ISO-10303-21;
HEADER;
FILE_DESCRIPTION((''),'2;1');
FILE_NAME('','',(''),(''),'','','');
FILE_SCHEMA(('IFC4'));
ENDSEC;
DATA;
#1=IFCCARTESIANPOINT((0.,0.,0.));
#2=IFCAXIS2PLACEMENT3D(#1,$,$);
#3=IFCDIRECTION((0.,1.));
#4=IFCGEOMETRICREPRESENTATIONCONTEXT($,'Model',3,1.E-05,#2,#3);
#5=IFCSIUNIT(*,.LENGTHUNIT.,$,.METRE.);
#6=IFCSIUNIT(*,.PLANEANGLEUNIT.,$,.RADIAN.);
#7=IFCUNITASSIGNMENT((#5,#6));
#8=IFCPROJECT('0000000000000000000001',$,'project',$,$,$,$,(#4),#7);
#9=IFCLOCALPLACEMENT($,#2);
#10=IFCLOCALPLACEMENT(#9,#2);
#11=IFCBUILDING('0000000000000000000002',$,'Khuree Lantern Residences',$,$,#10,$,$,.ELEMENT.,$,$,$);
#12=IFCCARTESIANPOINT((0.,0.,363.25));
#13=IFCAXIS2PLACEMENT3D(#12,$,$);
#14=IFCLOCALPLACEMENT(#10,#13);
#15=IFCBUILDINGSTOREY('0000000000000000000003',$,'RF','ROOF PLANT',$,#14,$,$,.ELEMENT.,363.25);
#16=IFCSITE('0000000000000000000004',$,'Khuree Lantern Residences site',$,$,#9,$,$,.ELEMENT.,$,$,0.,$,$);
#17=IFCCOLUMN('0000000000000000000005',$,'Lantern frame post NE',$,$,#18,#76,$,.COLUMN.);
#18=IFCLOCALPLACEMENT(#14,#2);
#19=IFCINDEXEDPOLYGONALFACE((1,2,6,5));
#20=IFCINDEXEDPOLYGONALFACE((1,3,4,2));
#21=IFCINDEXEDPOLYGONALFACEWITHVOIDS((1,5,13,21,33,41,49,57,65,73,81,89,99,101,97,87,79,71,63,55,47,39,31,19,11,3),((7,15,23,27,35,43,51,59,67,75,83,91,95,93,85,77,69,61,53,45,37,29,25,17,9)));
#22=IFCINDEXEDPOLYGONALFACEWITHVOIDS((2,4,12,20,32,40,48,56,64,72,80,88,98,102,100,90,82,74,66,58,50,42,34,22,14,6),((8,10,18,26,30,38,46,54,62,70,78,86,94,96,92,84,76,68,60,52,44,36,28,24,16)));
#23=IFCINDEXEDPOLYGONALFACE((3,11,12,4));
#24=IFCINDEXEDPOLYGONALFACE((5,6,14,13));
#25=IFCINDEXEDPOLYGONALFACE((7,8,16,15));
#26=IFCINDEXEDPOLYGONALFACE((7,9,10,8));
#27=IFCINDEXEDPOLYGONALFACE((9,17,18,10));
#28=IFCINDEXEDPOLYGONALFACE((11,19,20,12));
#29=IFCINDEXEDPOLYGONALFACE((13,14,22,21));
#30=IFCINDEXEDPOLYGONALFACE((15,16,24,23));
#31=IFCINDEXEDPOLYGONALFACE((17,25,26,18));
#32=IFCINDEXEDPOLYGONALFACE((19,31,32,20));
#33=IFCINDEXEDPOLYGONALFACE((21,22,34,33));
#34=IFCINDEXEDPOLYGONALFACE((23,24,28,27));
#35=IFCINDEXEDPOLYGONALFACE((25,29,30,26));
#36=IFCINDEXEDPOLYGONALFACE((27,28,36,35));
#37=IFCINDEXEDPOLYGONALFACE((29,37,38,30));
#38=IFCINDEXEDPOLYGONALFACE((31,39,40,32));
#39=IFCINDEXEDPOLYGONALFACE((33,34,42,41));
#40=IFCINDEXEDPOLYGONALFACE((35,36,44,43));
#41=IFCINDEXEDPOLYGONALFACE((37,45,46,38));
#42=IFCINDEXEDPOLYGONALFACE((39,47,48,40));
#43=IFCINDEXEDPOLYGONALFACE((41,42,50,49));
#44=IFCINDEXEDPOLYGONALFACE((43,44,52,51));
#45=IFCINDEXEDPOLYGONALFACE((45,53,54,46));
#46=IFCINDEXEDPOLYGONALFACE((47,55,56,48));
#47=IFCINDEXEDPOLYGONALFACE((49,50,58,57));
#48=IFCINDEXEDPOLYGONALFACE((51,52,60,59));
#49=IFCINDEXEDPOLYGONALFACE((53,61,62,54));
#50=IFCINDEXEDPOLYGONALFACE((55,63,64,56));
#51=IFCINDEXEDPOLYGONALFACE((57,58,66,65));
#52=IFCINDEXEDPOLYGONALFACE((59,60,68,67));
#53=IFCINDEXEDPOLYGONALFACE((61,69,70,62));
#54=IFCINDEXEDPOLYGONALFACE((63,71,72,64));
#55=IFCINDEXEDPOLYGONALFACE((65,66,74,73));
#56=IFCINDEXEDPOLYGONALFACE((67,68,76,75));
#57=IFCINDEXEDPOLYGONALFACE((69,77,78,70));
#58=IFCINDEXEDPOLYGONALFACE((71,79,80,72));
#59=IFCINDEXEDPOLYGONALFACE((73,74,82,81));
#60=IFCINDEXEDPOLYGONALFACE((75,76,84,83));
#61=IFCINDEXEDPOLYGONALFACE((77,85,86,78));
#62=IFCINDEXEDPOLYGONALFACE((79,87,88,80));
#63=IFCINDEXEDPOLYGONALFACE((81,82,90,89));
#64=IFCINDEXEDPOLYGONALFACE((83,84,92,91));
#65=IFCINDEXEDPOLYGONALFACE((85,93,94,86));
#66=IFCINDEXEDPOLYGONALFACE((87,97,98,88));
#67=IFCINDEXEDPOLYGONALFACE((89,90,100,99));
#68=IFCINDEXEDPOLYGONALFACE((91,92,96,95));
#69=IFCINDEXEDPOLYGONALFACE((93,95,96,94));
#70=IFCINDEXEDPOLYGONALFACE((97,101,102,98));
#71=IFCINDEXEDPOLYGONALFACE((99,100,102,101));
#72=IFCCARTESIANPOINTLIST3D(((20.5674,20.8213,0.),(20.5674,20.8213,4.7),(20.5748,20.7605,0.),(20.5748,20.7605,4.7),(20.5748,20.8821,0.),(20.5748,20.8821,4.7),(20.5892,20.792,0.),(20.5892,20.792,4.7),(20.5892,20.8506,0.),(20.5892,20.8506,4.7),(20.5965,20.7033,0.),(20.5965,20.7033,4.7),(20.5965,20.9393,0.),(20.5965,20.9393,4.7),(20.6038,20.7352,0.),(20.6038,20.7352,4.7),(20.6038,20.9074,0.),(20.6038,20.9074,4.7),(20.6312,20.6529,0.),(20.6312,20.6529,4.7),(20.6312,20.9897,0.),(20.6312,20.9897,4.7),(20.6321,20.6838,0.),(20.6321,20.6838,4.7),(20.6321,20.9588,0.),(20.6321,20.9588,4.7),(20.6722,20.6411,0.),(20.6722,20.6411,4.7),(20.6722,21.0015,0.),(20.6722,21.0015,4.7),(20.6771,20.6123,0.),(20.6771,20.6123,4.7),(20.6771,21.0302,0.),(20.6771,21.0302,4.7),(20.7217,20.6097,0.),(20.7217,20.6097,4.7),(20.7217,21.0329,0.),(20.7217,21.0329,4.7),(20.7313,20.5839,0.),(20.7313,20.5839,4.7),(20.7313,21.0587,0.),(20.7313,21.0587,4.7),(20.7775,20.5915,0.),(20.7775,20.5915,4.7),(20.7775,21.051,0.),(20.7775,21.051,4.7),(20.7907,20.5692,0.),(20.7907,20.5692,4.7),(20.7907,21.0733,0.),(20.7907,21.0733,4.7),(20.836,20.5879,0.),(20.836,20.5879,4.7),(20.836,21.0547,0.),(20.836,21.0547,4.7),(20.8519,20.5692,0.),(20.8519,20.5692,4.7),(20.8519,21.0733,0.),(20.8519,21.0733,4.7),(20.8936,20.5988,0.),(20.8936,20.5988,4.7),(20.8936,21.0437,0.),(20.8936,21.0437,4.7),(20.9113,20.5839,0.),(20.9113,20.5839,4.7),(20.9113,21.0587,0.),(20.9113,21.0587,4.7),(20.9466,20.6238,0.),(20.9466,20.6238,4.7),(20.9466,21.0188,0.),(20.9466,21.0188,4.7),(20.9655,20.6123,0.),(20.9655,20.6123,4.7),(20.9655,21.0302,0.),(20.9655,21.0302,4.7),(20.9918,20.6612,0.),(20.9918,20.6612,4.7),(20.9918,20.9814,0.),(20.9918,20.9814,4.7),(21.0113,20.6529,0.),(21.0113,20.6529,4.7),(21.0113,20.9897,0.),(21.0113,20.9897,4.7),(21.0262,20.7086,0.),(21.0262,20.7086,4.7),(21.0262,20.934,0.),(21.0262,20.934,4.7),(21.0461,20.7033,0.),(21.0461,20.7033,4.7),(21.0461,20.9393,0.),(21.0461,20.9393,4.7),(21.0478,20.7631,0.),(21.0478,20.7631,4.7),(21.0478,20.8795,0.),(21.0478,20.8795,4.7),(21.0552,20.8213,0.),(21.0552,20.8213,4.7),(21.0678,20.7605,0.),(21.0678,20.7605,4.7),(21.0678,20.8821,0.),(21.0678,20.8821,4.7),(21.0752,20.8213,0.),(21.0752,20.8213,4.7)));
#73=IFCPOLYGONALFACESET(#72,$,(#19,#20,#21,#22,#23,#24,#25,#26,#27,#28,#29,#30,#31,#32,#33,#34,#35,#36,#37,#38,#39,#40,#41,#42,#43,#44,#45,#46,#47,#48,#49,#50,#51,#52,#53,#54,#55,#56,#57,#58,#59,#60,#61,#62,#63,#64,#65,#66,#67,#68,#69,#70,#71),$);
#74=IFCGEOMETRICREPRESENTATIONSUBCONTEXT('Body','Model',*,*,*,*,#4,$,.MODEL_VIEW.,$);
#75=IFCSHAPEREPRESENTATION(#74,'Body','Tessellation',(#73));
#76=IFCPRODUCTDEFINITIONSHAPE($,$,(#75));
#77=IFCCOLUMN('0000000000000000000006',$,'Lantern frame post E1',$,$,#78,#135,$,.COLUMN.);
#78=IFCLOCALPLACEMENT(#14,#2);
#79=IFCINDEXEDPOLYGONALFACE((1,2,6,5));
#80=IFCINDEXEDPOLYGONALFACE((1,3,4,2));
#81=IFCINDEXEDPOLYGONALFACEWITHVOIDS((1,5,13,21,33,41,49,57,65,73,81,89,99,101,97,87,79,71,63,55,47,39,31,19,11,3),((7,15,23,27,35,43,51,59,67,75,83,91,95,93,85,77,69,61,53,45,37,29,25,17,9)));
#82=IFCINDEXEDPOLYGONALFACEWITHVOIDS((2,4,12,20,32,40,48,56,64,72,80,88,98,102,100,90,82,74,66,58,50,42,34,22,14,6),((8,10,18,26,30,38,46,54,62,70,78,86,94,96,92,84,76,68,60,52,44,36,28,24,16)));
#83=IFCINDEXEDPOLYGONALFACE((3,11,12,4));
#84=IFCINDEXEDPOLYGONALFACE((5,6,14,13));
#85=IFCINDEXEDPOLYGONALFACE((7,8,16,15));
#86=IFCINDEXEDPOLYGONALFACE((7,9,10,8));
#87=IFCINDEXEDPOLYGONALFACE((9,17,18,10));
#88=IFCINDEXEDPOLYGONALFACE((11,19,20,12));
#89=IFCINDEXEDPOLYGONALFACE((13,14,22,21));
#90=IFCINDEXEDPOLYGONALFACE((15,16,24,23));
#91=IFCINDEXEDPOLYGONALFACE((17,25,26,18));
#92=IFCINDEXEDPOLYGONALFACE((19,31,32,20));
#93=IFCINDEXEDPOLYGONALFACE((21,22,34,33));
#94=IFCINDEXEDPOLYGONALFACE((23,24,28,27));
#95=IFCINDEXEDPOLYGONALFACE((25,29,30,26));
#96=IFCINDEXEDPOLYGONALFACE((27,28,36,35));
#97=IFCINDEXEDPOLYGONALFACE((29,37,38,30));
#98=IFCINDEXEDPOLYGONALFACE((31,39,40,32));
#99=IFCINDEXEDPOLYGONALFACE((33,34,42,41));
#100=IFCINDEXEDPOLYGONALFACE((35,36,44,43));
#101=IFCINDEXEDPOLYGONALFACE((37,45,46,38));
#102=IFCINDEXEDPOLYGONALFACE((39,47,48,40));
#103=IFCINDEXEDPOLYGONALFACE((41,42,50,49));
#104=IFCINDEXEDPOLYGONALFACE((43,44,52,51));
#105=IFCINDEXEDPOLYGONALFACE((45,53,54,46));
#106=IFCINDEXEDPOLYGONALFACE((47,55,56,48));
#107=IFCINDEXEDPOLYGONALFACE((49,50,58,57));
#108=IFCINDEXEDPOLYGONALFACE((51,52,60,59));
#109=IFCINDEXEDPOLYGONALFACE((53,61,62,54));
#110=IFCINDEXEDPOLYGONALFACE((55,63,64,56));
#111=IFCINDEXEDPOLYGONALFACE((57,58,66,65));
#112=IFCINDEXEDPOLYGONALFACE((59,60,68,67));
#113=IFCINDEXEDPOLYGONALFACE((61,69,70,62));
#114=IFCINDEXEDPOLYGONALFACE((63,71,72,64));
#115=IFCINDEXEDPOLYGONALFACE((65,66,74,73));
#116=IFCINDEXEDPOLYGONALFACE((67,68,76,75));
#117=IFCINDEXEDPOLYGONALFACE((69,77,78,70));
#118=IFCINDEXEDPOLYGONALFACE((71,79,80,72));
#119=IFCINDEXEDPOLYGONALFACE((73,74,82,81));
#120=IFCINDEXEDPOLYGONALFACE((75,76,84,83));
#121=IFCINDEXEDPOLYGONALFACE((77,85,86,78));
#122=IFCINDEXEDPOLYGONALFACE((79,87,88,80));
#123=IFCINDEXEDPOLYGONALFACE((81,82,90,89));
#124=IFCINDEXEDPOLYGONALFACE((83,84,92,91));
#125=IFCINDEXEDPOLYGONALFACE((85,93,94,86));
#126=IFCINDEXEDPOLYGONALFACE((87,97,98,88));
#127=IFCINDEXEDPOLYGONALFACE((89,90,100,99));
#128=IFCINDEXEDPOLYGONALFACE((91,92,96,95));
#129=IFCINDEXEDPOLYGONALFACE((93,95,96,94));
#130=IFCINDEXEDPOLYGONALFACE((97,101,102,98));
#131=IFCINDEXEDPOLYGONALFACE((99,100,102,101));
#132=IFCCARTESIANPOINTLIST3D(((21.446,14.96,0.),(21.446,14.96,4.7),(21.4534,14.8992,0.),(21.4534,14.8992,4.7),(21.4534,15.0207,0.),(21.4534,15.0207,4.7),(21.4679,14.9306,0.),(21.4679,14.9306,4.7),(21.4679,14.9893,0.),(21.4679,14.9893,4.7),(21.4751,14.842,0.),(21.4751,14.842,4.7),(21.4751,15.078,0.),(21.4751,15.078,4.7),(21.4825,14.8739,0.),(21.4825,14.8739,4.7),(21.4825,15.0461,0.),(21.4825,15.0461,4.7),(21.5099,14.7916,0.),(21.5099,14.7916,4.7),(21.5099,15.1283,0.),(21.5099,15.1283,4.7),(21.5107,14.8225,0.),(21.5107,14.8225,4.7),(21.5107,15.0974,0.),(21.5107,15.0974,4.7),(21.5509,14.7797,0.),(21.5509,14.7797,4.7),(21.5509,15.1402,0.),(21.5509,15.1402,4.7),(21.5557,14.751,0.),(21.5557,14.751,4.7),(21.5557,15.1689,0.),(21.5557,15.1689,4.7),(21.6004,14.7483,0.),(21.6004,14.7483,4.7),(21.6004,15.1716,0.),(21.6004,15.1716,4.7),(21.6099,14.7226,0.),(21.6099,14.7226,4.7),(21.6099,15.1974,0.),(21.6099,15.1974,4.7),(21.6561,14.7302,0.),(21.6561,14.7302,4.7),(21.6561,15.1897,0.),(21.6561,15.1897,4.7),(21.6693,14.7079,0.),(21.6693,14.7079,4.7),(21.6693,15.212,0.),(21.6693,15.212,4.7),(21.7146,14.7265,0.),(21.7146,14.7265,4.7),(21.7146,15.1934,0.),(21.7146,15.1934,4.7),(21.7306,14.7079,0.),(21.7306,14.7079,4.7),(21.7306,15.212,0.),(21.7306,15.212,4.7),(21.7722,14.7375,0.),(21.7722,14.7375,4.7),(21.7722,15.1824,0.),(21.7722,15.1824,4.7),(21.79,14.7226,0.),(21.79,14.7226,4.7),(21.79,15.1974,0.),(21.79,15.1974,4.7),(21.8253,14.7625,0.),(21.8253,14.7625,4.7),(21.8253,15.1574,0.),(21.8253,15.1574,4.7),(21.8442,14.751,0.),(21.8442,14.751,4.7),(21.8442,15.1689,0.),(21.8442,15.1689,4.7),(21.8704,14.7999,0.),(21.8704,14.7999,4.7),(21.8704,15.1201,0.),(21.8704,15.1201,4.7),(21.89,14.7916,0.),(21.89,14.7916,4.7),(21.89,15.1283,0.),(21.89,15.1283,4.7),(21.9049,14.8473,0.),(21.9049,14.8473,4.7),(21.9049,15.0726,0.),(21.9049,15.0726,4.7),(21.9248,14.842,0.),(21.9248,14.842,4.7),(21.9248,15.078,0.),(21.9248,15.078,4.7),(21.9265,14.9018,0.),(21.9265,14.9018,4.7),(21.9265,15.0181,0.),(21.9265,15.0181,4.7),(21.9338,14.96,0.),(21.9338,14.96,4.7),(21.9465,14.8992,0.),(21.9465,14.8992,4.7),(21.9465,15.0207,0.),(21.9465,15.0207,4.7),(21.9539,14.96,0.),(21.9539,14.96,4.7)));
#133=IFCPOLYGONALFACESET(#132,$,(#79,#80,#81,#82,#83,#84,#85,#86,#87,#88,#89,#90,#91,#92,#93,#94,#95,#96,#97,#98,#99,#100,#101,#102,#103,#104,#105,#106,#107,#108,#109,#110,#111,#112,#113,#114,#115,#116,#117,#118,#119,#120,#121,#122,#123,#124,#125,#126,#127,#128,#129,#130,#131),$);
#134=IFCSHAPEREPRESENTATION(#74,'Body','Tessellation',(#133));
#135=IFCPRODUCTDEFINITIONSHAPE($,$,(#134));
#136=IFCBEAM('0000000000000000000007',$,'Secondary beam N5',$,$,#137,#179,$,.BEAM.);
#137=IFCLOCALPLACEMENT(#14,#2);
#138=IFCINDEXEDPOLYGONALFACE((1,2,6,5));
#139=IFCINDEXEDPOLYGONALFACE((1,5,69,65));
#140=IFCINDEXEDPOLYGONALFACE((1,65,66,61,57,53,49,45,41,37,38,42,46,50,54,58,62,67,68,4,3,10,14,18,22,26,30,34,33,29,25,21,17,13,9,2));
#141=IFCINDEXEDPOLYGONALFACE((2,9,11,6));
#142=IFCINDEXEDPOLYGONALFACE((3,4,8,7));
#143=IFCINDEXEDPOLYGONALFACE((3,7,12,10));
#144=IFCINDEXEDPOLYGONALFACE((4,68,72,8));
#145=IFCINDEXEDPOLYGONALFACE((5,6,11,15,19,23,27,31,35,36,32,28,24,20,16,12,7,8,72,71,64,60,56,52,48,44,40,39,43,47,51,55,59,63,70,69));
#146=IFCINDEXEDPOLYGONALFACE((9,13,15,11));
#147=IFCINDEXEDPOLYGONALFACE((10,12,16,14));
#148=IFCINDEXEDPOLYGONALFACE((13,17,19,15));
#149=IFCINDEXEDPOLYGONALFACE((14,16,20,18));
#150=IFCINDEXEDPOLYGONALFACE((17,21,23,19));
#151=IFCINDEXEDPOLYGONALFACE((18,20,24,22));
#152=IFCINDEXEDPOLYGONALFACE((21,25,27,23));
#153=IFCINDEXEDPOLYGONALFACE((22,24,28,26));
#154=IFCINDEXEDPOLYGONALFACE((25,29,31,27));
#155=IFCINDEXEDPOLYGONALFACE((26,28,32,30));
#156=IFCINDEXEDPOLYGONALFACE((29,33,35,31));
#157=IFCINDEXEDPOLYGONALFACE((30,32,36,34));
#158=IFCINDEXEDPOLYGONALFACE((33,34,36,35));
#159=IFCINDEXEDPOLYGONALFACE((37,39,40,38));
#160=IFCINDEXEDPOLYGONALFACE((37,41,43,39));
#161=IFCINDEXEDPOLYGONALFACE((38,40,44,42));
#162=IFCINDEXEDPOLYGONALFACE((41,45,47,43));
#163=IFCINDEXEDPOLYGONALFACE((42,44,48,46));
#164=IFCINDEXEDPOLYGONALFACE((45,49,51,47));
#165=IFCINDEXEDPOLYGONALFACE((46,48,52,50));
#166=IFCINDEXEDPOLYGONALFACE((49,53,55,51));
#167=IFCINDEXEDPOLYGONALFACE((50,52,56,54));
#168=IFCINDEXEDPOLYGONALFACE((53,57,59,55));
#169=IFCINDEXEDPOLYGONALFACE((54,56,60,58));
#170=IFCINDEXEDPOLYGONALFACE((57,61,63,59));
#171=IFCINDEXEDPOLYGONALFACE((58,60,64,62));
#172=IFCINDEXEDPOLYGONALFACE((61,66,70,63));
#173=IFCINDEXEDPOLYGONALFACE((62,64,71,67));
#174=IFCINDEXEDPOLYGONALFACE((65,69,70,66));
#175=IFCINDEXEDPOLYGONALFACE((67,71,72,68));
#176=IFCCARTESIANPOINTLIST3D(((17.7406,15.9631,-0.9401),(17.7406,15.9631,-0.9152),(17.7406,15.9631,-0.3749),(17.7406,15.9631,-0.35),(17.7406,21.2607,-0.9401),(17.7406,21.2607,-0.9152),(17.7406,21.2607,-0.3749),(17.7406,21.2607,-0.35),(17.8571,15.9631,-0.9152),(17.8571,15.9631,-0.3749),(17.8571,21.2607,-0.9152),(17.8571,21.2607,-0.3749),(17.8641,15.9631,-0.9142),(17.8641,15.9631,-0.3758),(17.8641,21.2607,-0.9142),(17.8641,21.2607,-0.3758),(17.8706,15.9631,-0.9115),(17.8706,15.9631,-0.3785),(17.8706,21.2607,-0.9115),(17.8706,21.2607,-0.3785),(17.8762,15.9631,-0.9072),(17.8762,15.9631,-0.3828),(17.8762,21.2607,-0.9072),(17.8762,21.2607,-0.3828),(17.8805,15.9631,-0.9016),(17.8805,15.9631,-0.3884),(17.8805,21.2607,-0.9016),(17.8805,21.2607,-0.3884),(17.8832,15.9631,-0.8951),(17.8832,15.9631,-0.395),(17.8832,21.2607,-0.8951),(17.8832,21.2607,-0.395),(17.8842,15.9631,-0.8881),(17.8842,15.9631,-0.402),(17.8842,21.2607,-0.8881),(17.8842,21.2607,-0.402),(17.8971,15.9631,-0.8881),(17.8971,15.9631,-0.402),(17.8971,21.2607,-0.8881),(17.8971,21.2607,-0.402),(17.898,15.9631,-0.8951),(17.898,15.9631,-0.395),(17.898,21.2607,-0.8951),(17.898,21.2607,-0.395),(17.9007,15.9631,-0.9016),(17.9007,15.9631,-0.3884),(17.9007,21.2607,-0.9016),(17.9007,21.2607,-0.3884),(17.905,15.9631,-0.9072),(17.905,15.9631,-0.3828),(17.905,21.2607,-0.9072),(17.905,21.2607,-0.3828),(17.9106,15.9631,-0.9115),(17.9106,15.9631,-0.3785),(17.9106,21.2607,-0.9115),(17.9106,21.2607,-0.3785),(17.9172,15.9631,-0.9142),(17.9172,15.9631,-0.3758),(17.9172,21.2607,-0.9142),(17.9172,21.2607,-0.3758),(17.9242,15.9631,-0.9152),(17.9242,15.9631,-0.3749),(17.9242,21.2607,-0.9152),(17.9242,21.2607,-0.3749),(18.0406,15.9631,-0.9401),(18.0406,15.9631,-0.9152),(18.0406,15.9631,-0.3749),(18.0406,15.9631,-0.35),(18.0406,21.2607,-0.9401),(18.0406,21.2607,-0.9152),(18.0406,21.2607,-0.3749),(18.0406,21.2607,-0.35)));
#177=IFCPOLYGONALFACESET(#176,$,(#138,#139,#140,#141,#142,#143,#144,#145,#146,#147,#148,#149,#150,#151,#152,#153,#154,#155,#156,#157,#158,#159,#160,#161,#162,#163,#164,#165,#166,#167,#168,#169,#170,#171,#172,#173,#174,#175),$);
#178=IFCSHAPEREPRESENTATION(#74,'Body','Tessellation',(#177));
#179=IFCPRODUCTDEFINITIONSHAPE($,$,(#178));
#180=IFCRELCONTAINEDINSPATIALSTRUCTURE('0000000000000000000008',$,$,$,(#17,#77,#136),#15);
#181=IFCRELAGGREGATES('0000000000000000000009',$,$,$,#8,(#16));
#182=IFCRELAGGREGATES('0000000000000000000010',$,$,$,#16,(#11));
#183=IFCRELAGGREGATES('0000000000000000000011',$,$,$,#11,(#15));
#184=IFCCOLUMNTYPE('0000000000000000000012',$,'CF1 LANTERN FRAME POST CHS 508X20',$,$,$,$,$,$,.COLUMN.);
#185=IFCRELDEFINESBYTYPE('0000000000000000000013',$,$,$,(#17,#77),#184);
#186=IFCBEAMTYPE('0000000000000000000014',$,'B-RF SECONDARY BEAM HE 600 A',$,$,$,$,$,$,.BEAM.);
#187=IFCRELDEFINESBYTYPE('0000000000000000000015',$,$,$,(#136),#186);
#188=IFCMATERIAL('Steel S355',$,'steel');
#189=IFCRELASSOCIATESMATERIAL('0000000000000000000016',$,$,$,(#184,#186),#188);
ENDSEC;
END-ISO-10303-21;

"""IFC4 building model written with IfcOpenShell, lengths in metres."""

from ifc_helpers import new_model, si_unit, direction, frame, origin, origin_2d, place, context, subcontext, project, spatial, hollow_circle, i_section, extrude, material, material_profile, profile_set, type_object, element, save


model = new_model("IFC4")

# Units and contexts
model_context = context("Model", 3, precision=1e-05, world=origin(), true_north=direction((0.0, 1.0)))
body_context = subcontext(model_context, "Body", "Model", "MODEL_VIEW")
ifc_project = project(units=[si_unit("LENGTHUNIT", "METRE"), si_unit("PLANEANGLEUNIT", "RADIAN")], contexts=[model_context])

# Site, building, storey
site_placement = place(None, origin())
site = spatial("IfcSite", under=ifc_project, at=site_placement, Name="Khuree Lantern Residences site", CompositionType="ELEMENT", RefElevation=0.0)
building_placement = place(site_placement, origin())
building = spatial("IfcBuilding", under=site, at=building_placement, Name="Khuree Lantern Residences", CompositionType="ELEMENT")
storey_placement = place(building_placement, frame((0.0, 0.0, 363.25)))
storey = spatial("IfcBuildingStorey", under=building, at=storey_placement, Name="RF", Description="ROOF PLANT", CompositionType="ELEMENT", Elevation=363.25)

# Columns
ifc_material_1 = material(Name="Steel S355", Category="steel")
ifc_material_profile_1 = material_profile(ifc_material_1, hollow_circle(Radius=0.2539, WallThickness=0.02, at=origin_2d()), Name="CHS 508X20")
ifc_profile_set_1 = profile_set([ifc_material_profile_1], Name="Steel S355")
column_type = type_object("IfcColumnType", Name="CF1 LANTERN FRAME POST CHS 508X20", PredefinedType="COLUMN", material=ifc_profile_set_1)
for number, where, z_axis, x_axis, name in (
    (1, (20.8213, 20.8213, 0.0), (0.0, 0.0, 1.0), (1.0, 0.0, 0.0), "Lantern frame post NE"),
    (2, (21.7, 14.96, 0.0), (0.0, 0.0, 1.0), (1.0, 0.0, 0.0), "Lantern frame post E1"),
):
    element("IfcColumn", number, at=place(storey_placement, frame(where, z_axis=z_axis, x_axis=x_axis)), inside=storey, type_object=column_type, Name=name, PredefinedType="COLUMN", context=body_context, shape_type="SweptSolid", body=[
        extrude(hollow_circle(Radius=0.2539, WallThickness=0.02, at=origin_2d()), origin(), (0.0, 0.0, 1.0), 4.7),
    ])

# Beam
ifc_material_profile_2 = material_profile(ifc_material_1, i_section(OverallWidth=0.3, OverallDepth=0.5901, WebThickness=0.0129, FlangeThickness=0.0249, FilletRadius=0.0271, at=origin_2d()), Name="HE 600 A")
ifc_profile_set_2 = profile_set([ifc_material_profile_2], Name="Steel S355")
beam_type_1 = type_object("IfcBeamType", Name="B-RF SECONDARY BEAM HE 600 A", PredefinedType="BEAM", material=ifc_profile_set_2)
beam_1_placement = place(storey_placement, frame((17.8906, 21.2607, -0.645), z_axis=(0.0, -1.0, 0.0), x_axis=(1.0, 0.0, 0.0)))
element("IfcBeam", 3, at=beam_1_placement, inside=storey, type_object=beam_type_1, Name="Secondary beam N5", PredefinedType="BEAM", context=body_context, shape_type="SweptSolid", body=[
    extrude(i_section(OverallWidth=0.3, OverallDepth=0.5901, WebThickness=0.0129, FlangeThickness=0.0249, FilletRadius=0.0271, at=origin_2d()), origin(), (0.0, 0.0, 1.0), 5.2976),
])

save(model, "model.ifc")
